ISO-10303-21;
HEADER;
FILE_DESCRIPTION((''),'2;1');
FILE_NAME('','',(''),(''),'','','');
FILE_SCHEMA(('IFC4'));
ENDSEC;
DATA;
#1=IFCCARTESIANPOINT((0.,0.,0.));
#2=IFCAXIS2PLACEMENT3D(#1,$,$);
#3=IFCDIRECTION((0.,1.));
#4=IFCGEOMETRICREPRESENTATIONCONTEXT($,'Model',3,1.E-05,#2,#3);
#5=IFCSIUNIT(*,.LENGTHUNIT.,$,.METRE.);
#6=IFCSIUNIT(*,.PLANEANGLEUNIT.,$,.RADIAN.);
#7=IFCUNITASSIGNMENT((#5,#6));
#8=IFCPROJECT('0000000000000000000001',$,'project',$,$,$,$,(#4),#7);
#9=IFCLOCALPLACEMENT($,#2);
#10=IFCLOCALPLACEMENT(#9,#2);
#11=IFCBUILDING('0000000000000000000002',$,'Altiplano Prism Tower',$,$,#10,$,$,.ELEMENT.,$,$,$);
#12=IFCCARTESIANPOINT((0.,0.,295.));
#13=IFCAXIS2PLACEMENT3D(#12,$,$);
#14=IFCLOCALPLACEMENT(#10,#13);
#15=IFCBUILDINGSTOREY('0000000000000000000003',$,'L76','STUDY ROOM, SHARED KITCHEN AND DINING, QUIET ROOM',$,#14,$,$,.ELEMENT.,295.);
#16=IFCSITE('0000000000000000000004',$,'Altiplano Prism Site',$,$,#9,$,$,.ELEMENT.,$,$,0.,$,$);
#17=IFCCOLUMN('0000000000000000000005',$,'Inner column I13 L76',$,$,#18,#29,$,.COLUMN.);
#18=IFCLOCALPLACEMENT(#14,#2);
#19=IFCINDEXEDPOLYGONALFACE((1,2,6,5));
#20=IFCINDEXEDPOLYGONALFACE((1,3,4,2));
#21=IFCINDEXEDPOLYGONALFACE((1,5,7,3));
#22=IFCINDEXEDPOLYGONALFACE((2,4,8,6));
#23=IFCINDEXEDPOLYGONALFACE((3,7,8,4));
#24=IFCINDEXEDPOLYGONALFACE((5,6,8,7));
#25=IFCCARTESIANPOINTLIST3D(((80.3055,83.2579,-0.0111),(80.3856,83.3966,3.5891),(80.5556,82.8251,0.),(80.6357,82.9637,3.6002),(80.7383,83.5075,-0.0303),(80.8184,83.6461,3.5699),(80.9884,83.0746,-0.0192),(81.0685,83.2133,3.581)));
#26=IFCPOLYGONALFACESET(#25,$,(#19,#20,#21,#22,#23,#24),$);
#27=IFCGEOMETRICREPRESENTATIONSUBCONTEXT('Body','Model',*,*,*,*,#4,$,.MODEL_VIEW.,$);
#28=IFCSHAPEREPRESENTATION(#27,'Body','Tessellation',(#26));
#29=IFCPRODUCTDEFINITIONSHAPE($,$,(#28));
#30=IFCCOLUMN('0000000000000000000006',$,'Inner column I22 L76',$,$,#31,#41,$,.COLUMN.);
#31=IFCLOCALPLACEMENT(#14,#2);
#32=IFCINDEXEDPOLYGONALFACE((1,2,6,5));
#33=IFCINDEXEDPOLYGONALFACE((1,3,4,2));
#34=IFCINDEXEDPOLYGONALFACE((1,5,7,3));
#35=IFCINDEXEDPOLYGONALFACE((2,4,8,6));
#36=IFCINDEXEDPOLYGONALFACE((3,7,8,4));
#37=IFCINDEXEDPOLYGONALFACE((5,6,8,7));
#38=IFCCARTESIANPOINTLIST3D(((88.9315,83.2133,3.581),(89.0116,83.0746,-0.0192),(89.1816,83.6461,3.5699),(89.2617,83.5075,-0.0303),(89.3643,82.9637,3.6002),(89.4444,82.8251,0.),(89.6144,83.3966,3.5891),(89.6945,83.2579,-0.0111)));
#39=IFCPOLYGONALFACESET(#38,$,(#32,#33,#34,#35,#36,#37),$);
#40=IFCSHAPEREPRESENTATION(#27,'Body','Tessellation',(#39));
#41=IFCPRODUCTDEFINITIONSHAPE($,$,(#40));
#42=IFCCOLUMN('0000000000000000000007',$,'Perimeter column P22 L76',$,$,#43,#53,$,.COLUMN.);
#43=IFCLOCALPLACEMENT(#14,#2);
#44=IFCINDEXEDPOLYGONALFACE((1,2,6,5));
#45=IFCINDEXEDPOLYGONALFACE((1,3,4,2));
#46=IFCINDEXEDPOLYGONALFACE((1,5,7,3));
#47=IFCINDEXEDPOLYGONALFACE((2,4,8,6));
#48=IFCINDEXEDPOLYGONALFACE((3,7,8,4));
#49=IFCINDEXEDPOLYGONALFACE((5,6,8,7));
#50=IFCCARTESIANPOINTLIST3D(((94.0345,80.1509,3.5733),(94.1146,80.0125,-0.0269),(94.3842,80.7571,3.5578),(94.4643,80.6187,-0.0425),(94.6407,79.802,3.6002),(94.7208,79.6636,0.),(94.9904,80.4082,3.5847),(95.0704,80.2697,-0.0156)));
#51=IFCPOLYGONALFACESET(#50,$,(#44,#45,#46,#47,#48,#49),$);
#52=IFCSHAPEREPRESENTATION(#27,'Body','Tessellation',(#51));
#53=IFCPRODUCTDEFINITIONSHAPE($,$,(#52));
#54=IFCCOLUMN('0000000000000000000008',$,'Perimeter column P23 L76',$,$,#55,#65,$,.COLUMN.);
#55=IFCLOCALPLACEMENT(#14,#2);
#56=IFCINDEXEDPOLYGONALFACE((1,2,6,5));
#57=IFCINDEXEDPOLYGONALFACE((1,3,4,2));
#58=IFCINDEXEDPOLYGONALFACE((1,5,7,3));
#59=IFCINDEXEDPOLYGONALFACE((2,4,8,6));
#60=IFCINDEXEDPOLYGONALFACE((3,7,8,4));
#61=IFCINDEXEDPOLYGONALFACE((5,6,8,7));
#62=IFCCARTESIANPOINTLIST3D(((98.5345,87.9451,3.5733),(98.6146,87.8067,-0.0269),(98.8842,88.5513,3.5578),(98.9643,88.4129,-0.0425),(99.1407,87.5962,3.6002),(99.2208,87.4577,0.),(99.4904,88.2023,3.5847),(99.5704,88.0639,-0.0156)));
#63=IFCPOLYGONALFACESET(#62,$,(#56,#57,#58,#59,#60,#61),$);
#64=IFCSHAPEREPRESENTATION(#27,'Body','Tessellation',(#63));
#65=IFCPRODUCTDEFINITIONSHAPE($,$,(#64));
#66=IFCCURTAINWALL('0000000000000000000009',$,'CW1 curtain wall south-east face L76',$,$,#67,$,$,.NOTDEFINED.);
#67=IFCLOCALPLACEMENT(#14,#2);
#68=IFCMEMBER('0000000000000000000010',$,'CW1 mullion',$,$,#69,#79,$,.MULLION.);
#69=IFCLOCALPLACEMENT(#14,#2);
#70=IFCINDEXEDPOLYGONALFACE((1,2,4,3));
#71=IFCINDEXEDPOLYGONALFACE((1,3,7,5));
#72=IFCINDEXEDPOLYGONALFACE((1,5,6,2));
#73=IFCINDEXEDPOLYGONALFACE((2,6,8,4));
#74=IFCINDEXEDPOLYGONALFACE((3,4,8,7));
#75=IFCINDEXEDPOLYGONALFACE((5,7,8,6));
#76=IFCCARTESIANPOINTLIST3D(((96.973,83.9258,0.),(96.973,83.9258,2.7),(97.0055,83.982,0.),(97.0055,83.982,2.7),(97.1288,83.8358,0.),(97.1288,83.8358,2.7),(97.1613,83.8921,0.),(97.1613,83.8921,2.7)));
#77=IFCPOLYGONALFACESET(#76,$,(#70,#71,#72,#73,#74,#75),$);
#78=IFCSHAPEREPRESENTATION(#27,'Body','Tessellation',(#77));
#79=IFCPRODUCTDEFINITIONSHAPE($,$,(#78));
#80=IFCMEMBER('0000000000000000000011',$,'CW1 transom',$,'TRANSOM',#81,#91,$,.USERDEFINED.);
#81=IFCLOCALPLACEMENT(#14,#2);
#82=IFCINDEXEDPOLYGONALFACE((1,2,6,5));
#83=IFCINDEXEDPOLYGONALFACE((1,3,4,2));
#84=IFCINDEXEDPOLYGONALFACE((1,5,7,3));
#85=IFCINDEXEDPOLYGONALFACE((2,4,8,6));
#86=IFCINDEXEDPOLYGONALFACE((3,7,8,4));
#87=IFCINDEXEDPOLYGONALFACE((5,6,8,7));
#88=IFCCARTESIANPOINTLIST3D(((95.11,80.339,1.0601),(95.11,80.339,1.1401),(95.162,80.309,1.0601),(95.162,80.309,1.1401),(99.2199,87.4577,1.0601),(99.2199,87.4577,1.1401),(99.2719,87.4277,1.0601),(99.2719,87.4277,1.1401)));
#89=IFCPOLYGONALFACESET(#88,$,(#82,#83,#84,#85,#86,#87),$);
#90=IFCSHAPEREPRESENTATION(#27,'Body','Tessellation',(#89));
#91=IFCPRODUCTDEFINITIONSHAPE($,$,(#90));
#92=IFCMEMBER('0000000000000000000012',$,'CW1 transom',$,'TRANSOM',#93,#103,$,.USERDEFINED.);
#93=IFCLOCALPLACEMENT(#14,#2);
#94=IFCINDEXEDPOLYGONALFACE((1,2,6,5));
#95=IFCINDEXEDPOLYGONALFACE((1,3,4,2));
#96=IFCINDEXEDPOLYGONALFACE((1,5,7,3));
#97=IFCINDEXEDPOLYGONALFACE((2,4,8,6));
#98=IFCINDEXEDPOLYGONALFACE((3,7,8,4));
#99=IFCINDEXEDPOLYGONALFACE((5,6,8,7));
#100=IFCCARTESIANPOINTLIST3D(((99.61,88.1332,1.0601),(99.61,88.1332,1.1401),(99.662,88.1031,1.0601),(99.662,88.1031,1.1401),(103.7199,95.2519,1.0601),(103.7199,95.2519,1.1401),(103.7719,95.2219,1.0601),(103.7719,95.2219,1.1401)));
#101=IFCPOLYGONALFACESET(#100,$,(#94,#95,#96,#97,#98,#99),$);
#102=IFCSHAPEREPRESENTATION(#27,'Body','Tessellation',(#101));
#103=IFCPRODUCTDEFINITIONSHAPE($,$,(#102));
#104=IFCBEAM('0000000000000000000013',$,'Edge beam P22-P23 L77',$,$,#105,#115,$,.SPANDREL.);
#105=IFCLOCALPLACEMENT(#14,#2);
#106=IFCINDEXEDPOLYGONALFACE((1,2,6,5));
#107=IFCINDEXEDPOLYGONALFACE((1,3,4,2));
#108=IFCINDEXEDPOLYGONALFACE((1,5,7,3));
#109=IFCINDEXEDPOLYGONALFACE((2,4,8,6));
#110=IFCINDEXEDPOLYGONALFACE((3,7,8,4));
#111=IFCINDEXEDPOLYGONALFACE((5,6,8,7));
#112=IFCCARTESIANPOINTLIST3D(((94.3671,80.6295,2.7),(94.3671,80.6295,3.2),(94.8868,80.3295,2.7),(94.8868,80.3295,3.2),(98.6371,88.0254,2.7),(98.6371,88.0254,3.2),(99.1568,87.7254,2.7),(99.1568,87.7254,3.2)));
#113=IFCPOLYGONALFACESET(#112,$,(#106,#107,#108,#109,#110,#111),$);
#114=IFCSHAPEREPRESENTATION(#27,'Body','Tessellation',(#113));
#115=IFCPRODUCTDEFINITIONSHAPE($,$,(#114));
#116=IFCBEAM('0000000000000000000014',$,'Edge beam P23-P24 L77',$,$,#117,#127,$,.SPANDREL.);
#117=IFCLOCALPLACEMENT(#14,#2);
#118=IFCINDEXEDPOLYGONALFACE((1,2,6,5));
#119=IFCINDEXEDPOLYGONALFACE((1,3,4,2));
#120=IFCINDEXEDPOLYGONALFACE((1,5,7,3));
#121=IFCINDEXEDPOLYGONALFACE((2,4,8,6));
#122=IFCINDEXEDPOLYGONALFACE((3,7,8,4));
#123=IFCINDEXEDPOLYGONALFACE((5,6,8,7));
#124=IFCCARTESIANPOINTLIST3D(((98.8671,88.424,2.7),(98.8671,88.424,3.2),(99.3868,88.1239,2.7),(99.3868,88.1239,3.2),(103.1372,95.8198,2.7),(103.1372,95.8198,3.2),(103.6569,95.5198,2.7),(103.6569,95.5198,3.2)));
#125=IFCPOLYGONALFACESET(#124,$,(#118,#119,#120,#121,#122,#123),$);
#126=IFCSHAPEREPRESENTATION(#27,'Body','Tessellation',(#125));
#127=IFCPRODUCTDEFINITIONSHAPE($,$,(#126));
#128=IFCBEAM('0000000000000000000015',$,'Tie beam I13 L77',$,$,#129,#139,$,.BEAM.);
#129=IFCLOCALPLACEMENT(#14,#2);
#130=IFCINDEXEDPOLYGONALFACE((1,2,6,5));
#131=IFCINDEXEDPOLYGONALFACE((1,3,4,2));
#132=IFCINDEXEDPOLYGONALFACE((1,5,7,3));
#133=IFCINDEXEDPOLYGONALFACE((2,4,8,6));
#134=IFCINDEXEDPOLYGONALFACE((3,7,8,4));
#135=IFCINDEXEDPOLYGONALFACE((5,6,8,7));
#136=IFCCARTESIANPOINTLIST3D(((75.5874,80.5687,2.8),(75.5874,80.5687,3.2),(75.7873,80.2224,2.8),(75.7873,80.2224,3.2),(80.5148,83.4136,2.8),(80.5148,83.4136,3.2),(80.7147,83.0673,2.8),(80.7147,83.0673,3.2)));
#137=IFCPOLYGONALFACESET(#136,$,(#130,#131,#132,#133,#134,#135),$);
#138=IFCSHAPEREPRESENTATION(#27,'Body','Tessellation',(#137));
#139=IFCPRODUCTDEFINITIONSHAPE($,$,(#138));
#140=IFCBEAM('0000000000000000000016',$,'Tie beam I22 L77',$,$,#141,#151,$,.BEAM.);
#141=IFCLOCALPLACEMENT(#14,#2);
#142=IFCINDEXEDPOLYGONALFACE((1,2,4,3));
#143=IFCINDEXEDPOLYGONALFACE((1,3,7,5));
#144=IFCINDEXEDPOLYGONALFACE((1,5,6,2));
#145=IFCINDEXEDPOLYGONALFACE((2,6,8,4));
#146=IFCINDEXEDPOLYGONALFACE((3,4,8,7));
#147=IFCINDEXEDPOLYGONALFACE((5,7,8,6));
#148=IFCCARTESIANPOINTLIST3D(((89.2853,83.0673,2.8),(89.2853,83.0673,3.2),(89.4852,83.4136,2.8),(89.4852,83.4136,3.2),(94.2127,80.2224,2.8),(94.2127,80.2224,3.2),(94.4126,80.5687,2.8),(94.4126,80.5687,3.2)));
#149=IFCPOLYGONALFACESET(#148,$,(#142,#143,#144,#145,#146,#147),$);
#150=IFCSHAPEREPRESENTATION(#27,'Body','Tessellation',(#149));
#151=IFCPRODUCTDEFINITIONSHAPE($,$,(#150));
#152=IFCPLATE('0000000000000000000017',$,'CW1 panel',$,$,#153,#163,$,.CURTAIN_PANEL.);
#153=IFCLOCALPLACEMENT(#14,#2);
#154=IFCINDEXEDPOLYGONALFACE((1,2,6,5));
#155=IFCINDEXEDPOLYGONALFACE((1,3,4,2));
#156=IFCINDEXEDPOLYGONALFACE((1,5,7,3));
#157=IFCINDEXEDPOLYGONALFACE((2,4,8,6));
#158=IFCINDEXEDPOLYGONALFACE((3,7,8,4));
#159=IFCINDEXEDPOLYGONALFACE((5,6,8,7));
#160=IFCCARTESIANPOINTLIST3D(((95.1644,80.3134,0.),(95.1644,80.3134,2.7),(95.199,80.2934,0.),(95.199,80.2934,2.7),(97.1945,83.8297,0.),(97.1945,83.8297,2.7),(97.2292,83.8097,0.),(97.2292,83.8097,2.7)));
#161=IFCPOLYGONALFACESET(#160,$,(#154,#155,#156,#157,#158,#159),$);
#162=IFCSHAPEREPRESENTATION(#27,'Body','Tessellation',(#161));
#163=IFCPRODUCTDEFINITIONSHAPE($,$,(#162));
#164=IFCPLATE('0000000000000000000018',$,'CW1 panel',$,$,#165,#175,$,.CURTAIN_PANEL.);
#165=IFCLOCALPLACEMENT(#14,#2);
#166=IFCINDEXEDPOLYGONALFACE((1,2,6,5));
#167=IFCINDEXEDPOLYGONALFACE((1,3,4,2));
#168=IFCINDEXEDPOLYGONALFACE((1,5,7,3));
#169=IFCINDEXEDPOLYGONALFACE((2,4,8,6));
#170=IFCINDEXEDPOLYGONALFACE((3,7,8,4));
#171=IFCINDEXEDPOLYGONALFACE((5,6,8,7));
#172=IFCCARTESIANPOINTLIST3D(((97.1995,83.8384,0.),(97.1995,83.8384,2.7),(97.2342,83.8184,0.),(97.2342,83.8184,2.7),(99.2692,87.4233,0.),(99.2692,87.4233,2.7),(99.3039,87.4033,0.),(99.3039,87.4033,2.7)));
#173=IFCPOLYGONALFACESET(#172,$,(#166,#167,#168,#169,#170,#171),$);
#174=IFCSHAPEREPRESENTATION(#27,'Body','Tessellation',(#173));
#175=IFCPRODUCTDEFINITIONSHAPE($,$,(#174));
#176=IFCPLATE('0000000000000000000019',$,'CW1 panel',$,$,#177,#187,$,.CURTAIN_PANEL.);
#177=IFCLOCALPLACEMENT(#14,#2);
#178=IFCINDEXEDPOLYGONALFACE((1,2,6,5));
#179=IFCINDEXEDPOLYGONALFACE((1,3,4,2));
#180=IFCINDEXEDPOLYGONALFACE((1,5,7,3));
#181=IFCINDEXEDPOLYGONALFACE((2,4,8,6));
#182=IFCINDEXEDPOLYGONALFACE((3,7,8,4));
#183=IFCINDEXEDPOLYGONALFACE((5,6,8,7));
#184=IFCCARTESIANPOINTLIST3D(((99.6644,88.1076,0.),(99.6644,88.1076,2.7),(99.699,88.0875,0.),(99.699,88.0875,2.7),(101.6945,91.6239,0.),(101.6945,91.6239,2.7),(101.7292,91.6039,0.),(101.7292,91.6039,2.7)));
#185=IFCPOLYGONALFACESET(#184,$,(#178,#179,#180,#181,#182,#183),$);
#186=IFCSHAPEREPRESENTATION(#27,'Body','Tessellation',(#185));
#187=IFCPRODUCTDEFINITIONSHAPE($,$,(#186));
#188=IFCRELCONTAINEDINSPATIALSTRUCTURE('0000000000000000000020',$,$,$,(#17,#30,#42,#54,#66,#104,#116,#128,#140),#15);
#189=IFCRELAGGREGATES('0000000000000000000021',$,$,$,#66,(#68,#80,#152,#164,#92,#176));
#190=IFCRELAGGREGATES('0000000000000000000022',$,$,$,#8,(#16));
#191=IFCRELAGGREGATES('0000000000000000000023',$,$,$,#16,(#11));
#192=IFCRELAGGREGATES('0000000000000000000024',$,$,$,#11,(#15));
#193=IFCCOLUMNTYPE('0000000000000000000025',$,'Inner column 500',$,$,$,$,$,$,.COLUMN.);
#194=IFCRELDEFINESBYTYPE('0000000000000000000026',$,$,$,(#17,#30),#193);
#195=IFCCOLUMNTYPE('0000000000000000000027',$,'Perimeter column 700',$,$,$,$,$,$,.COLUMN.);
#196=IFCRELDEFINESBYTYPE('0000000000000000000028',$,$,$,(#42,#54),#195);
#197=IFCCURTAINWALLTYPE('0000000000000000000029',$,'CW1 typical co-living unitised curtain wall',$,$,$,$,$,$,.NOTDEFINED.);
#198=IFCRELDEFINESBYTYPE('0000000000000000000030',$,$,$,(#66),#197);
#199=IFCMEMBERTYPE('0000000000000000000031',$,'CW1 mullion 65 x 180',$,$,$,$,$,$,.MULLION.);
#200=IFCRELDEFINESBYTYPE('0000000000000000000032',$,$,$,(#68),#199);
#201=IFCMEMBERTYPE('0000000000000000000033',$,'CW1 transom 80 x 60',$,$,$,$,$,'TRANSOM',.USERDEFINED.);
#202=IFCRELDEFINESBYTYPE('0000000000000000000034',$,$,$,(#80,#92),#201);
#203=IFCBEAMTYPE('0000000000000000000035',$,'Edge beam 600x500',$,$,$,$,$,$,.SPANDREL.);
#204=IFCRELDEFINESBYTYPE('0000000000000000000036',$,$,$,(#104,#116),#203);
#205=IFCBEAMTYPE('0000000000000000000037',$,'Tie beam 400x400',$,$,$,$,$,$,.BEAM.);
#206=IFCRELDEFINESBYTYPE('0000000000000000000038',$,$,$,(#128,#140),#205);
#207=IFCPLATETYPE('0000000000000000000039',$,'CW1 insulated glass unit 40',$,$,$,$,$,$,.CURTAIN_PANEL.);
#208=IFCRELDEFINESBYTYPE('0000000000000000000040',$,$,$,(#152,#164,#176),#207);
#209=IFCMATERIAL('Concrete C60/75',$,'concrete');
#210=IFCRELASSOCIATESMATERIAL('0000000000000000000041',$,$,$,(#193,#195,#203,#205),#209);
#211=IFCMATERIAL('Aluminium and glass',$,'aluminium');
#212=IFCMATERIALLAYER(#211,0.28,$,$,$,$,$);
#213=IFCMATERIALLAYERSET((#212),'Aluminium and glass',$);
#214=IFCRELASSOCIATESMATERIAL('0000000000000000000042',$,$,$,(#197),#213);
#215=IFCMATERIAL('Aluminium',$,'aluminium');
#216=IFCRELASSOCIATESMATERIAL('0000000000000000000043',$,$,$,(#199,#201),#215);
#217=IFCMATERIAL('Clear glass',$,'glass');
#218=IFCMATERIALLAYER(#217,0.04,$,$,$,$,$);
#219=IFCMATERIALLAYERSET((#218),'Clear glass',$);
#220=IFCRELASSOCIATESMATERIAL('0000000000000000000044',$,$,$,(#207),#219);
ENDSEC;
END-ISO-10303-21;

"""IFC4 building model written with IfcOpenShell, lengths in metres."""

from ifc_helpers import new_model, si_unit, direction, frame, origin, origin_2d, place, context, subcontext, project, spatial, rectangle, extrude, material, layer, layer_set, material_profile, profile_set, type_object, element, aggregate, save


model = new_model("IFC4")

# Units and contexts
model_context = context("Model", 3, precision=1e-05, world=origin(), true_north=direction((0.0, 1.0)))
body_context = subcontext(model_context, "Body", "Model", "MODEL_VIEW")
ifc_project = project(units=[si_unit("LENGTHUNIT", "METRE"), si_unit("PLANEANGLEUNIT", "RADIAN")], contexts=[model_context])

# Site, building, storey
site_placement = place(None, origin())
site = spatial("IfcSite", under=ifc_project, at=site_placement, Name="Altiplano Prism Site", CompositionType="ELEMENT", RefElevation=0.0)
building_placement = place(site_placement, origin())
building = spatial("IfcBuilding", under=site, at=building_placement, Name="Altiplano Prism Tower", CompositionType="ELEMENT")
storey_placement = place(building_placement, frame((0.0, 0.0, 295.0)))
storey = spatial("IfcBuildingStorey", under=building, at=storey_placement, Name="L76", Description="STUDY ROOM, SHARED KITCHEN AND DINING, QUIET ROOM", CompositionType="ELEMENT", Elevation=295.0)

# Columns
ifc_material_1 = material(Name="Concrete C60/75", Category="concrete")
ifc_material_profile_1 = material_profile(ifc_material_1, rectangle(XDim=0.5, YDim=0.5, at=origin_2d()), Name="Inner column 500")
ifc_profile_set_1 = profile_set([ifc_material_profile_1], Name="Concrete C60/75")
column_type_1 = type_object("IfcColumnType", Name="Inner column 500", PredefinedType="COLUMN", material=ifc_profile_set_1)
for number, where, z_axis, x_axis, name in (
    (1, (80.647, 83.1663, -0.0151), (0.022221, 0.038481, 0.999012), (-0.865642, -0.499182, 0.038483), "Inner column I13 L76"),
    (2, (89.353, 83.1663, -0.0151), (-0.022221, 0.038481, 0.999012), (-0.50017, -0.865642, 0.022218), "Inner column I22 L76"),
):
    element("IfcColumn", number, at=place(storey_placement, frame(where, z_axis=z_axis, x_axis=x_axis)), inside=storey, type_object=column_type_1, Name=name, PredefinedType="COLUMN", context=body_context, shape_type="SweptSolid", body=[
        extrude(rectangle(XDim=0.5, YDim=0.5, at=origin_2d()), origin(), (0.0, 0.0, 1.0), 3.6038),
    ])
ifc_material_profile_2 = material_profile(ifc_material_1, rectangle(XDim=0.7, YDim=0.7, at=origin_2d()), Name="Perimeter column 700")
ifc_profile_set_2 = profile_set([ifc_material_profile_2], Name="Concrete C60/75")
column_type_2 = type_object("IfcColumnType", Name="Perimeter column 700", PredefinedType="COLUMN", material=ifc_profile_set_2)
for number, where, z_axis, x_axis, name in (
    (3, (94.5925, 80.1411, -0.0212), (-0.022221, 0.038413, 0.999015), (-0.499508, -0.866025, 0.022189), "Perimeter column P22 L76"),
    (4, (99.0925, 87.9353, -0.0212), (-0.022221, 0.038413, 0.999015), (-0.499513, -0.866022, 0.022189), "Perimeter column P23 L76"),
):
    element("IfcColumn", number, at=place(storey_placement, frame(where, z_axis=z_axis, x_axis=x_axis)), inside=storey, type_object=column_type_2, Name=name, PredefinedType="COLUMN", context=body_context, shape_type="SweptSolid", body=[
        extrude(rectangle(XDim=0.7, YDim=0.7, at=origin_2d()), origin(), (0.0, 0.0, 1.0), 3.6038),
    ])

# Curtain wall, members
ifc_material_2 = material(Name="Aluminium and glass", Category="aluminium")
ifc_layer_1 = layer(ifc_material_2, 0.28)
ifc_layer_set_1 = layer_set([ifc_layer_1], Name="Aluminium and glass")
curtain_wall_type = type_object("IfcCurtainWallType", Name="CW1 typical co-living unitised curtain wall", PredefinedType="NOTDEFINED", material=ifc_layer_set_1)
curtain_wall_placement = place(storey_placement, origin())
curtain_wall = element("IfcCurtainWall", 5, at=curtain_wall_placement, inside=storey, type_object=curtain_wall_type, Name="CW1 curtain wall south-east face L76", PredefinedType="NOTDEFINED")
ifc_material_3 = material(Name="Aluminium", Category="aluminium")
ifc_material_profile_3 = material_profile(ifc_material_3, rectangle(XDim=0.1799, YDim=0.0649, at=origin_2d()), Name="CW1 mullion 65 x 180")
ifc_profile_set_3 = profile_set([ifc_material_profile_3], Name="Aluminium")
member_type_1 = type_object("IfcMemberType", Name="CW1 mullion 65 x 180", PredefinedType="MULLION", material=ifc_profile_set_3)
member_1_placement = place(storey_placement, frame((97.0671, 83.9089, 0.0), z_axis=(0.0, 0.0, 1.0), x_axis=(-0.866025, 0.5, 0.0)))
member_1 = element("IfcMember", 6, at=member_1_placement, type_object=member_type_1, Name="CW1 mullion", PredefinedType="MULLION", context=body_context, shape_type="SweptSolid", body=[
    extrude(rectangle(XDim=0.1799, YDim=0.0649, at=origin_2d()), origin(), (0.0, 0.0, 1.0), 2.7),
])
ifc_material_profile_4 = material_profile(ifc_material_3, rectangle(XDim=0.0601, YDim=0.0801, at=origin_2d()), Name="CW1 transom 80 x 60")
ifc_profile_set_4 = profile_set([ifc_material_profile_4], Name="Aluminium")
member_type_2 = type_object("IfcMemberType", Name="CW1 transom 80 x 60", ElementType="TRANSOM", PredefinedType="USERDEFINED", material=ifc_profile_set_4)
member_2_placement = place(storey_placement, frame((95.136, 80.324, 1.1001), z_axis=(0.499992, 0.86603, 0.0), x_axis=(-0.86603, 0.499992, 0.0)))
member_2 = element("IfcMember", 7, at=member_2_placement, type_object=member_type_2, Name="CW1 transom", ObjectType="TRANSOM", PredefinedType="USERDEFINED", context=body_context, shape_type="SweptSolid", body=[
    extrude(rectangle(XDim=0.0601, YDim=0.0801, at=origin_2d()), origin(), (0.0, 0.0, 1.0), 8.22),
])
member_3_placement = place(storey_placement, frame((99.636, 88.1182, 1.1001), z_axis=(0.499992, 0.86603, 0.0), x_axis=(-0.86603, 0.499992, 0.0)))
member_3 = element("IfcMember", 8, at=member_3_placement, type_object=member_type_2, Name="CW1 transom", ObjectType="TRANSOM", PredefinedType="USERDEFINED", context=body_context, shape_type="SweptSolid", body=[
    extrude(rectangle(XDim=0.0601, YDim=0.0801, at=origin_2d()), origin(), (0.0, 0.0, 1.0), 8.22),
])

# Beams
ifc_material_profile_5 = material_profile(ifc_material_1, rectangle(XDim=0.6001, YDim=0.5, at=origin_2d()), Name="Edge beam 600x500")
ifc_profile_set_5 = profile_set([ifc_material_profile_5], Name="Concrete C60/75")
beam_type_1 = type_object("IfcBeamType", Name="Edge beam 600x500", PredefinedType="SPANDREL", material=ifc_profile_set_5)
for number, where, z_axis, x_axis, name in (
    (9, (94.627, 80.4795, 2.95), (0.499995, 0.866028, 0.0), (-0.866028, 0.499995, 0.0), "Edge beam P22-P23 L77"),
    (10, (99.127, 88.2739, 2.95), (0.500007, 0.866021, 0.0), (-0.866021, 0.500007, 0.0), "Edge beam P23-P24 L77"),
):
    element("IfcBeam", number, at=place(storey_placement, frame(where, z_axis=z_axis, x_axis=x_axis)), inside=storey, type_object=beam_type_1, Name=name, PredefinedType="SPANDREL", context=body_context, shape_type="SweptSolid", body=[
        extrude(rectangle(XDim=0.6001, YDim=0.5, at=origin_2d()), origin(), (0.0, 0.0, 1.0), 8.54),
    ])
ifc_material_profile_6 = material_profile(ifc_material_1, rectangle(XDim=0.3999, YDim=0.3999, at=origin_2d()), Name="Tie beam 400x400")
ifc_profile_set_6 = profile_set([ifc_material_profile_6], Name="Concrete C60/75")
beam_type_2 = type_object("IfcBeamType", Name="Tie beam 400x400", PredefinedType="BEAM", material=ifc_profile_set_6)
for number, where, z_axis, x_axis, name in (
    (11, (80.6147, 83.2405, 3.0), (-0.866019, -0.500011, 0.0), (0.500011, -0.866019, 0.0), "Tie beam I13 L77"),
    (12, (89.3853, 83.2405, 3.0), (0.866019, -0.500011, 0.0), (0.500011, 0.866019, 0.0), "Tie beam I22 L77"),
):
    element("IfcBeam", number, at=place(storey_placement, frame(where, z_axis=z_axis, x_axis=x_axis)), inside=storey, type_object=beam_type_2, Name=name, PredefinedType="BEAM", context=body_context, shape_type="SweptSolid", body=[
        extrude(rectangle(XDim=0.3999, YDim=0.3999, at=origin_2d()), origin(), (0.0, 0.0, 1.0), 5.6897),
    ])

# Plates
ifc_material_4 = material(Name="Clear glass", Category="glass")
ifc_layer_2 = layer(ifc_material_4, 0.04)
ifc_layer_set_2 = layer_set([ifc_layer_2], Name="Clear glass")
plate_type = type_object("IfcPlateType", Name="CW1 insulated glass unit 40", PredefinedType="CURTAIN_PANEL", material=ifc_layer_set_2)
plate_1_placement = place(storey_placement, frame((96.1968, 82.0615, 0.0), z_axis=(0.0, 0.0, 1.0), x_axis=(0.5, 0.866025, 0.0)))
plate_1 = element("IfcPlate", 13, at=plate_1_placement, type_object=plate_type, Name="CW1 panel", PredefinedType="CURTAIN_PANEL", context=body_context, shape_type="SweptSolid", body=[
    extrude(rectangle(XDim=4.0603, YDim=0.04, at=origin_2d()), origin(), (0.0, 0.0, 1.0), 2.7),
])
plate_2_placement = place(storey_placement, frame((98.2517, 85.6208, 0.0), z_axis=(0.0, 0.0, 1.0), x_axis=(0.5, 0.866025, 0.0)))
plate_2 = element("IfcPlate", 14, at=plate_2_placement, type_object=plate_type, Name="CW1 panel", PredefinedType="CURTAIN_PANEL", context=body_context, shape_type="SweptSolid", body=[
    extrude(rectangle(XDim=4.1394, YDim=0.04, at=origin_2d()), origin(), (0.0, 0.0, 1.0), 2.7),
])
plate_3_placement = place(storey_placement, frame((100.6968, 89.8557, 0.0), z_axis=(0.0, 0.0, 1.0), x_axis=(0.5, 0.866025, 0.0)))
plate_3 = element("IfcPlate", 15, at=plate_3_placement, type_object=plate_type, Name="CW1 panel", PredefinedType="CURTAIN_PANEL", context=body_context, shape_type="SweptSolid", body=[
    extrude(rectangle(XDim=4.0603, YDim=0.04, at=origin_2d()), origin(), (0.0, 0.0, 1.0), 2.7),
])
aggregate(curtain_wall, [member_1, member_2, plate_1, plate_2, member_3, plate_3])

save(model, "model.ifc")
